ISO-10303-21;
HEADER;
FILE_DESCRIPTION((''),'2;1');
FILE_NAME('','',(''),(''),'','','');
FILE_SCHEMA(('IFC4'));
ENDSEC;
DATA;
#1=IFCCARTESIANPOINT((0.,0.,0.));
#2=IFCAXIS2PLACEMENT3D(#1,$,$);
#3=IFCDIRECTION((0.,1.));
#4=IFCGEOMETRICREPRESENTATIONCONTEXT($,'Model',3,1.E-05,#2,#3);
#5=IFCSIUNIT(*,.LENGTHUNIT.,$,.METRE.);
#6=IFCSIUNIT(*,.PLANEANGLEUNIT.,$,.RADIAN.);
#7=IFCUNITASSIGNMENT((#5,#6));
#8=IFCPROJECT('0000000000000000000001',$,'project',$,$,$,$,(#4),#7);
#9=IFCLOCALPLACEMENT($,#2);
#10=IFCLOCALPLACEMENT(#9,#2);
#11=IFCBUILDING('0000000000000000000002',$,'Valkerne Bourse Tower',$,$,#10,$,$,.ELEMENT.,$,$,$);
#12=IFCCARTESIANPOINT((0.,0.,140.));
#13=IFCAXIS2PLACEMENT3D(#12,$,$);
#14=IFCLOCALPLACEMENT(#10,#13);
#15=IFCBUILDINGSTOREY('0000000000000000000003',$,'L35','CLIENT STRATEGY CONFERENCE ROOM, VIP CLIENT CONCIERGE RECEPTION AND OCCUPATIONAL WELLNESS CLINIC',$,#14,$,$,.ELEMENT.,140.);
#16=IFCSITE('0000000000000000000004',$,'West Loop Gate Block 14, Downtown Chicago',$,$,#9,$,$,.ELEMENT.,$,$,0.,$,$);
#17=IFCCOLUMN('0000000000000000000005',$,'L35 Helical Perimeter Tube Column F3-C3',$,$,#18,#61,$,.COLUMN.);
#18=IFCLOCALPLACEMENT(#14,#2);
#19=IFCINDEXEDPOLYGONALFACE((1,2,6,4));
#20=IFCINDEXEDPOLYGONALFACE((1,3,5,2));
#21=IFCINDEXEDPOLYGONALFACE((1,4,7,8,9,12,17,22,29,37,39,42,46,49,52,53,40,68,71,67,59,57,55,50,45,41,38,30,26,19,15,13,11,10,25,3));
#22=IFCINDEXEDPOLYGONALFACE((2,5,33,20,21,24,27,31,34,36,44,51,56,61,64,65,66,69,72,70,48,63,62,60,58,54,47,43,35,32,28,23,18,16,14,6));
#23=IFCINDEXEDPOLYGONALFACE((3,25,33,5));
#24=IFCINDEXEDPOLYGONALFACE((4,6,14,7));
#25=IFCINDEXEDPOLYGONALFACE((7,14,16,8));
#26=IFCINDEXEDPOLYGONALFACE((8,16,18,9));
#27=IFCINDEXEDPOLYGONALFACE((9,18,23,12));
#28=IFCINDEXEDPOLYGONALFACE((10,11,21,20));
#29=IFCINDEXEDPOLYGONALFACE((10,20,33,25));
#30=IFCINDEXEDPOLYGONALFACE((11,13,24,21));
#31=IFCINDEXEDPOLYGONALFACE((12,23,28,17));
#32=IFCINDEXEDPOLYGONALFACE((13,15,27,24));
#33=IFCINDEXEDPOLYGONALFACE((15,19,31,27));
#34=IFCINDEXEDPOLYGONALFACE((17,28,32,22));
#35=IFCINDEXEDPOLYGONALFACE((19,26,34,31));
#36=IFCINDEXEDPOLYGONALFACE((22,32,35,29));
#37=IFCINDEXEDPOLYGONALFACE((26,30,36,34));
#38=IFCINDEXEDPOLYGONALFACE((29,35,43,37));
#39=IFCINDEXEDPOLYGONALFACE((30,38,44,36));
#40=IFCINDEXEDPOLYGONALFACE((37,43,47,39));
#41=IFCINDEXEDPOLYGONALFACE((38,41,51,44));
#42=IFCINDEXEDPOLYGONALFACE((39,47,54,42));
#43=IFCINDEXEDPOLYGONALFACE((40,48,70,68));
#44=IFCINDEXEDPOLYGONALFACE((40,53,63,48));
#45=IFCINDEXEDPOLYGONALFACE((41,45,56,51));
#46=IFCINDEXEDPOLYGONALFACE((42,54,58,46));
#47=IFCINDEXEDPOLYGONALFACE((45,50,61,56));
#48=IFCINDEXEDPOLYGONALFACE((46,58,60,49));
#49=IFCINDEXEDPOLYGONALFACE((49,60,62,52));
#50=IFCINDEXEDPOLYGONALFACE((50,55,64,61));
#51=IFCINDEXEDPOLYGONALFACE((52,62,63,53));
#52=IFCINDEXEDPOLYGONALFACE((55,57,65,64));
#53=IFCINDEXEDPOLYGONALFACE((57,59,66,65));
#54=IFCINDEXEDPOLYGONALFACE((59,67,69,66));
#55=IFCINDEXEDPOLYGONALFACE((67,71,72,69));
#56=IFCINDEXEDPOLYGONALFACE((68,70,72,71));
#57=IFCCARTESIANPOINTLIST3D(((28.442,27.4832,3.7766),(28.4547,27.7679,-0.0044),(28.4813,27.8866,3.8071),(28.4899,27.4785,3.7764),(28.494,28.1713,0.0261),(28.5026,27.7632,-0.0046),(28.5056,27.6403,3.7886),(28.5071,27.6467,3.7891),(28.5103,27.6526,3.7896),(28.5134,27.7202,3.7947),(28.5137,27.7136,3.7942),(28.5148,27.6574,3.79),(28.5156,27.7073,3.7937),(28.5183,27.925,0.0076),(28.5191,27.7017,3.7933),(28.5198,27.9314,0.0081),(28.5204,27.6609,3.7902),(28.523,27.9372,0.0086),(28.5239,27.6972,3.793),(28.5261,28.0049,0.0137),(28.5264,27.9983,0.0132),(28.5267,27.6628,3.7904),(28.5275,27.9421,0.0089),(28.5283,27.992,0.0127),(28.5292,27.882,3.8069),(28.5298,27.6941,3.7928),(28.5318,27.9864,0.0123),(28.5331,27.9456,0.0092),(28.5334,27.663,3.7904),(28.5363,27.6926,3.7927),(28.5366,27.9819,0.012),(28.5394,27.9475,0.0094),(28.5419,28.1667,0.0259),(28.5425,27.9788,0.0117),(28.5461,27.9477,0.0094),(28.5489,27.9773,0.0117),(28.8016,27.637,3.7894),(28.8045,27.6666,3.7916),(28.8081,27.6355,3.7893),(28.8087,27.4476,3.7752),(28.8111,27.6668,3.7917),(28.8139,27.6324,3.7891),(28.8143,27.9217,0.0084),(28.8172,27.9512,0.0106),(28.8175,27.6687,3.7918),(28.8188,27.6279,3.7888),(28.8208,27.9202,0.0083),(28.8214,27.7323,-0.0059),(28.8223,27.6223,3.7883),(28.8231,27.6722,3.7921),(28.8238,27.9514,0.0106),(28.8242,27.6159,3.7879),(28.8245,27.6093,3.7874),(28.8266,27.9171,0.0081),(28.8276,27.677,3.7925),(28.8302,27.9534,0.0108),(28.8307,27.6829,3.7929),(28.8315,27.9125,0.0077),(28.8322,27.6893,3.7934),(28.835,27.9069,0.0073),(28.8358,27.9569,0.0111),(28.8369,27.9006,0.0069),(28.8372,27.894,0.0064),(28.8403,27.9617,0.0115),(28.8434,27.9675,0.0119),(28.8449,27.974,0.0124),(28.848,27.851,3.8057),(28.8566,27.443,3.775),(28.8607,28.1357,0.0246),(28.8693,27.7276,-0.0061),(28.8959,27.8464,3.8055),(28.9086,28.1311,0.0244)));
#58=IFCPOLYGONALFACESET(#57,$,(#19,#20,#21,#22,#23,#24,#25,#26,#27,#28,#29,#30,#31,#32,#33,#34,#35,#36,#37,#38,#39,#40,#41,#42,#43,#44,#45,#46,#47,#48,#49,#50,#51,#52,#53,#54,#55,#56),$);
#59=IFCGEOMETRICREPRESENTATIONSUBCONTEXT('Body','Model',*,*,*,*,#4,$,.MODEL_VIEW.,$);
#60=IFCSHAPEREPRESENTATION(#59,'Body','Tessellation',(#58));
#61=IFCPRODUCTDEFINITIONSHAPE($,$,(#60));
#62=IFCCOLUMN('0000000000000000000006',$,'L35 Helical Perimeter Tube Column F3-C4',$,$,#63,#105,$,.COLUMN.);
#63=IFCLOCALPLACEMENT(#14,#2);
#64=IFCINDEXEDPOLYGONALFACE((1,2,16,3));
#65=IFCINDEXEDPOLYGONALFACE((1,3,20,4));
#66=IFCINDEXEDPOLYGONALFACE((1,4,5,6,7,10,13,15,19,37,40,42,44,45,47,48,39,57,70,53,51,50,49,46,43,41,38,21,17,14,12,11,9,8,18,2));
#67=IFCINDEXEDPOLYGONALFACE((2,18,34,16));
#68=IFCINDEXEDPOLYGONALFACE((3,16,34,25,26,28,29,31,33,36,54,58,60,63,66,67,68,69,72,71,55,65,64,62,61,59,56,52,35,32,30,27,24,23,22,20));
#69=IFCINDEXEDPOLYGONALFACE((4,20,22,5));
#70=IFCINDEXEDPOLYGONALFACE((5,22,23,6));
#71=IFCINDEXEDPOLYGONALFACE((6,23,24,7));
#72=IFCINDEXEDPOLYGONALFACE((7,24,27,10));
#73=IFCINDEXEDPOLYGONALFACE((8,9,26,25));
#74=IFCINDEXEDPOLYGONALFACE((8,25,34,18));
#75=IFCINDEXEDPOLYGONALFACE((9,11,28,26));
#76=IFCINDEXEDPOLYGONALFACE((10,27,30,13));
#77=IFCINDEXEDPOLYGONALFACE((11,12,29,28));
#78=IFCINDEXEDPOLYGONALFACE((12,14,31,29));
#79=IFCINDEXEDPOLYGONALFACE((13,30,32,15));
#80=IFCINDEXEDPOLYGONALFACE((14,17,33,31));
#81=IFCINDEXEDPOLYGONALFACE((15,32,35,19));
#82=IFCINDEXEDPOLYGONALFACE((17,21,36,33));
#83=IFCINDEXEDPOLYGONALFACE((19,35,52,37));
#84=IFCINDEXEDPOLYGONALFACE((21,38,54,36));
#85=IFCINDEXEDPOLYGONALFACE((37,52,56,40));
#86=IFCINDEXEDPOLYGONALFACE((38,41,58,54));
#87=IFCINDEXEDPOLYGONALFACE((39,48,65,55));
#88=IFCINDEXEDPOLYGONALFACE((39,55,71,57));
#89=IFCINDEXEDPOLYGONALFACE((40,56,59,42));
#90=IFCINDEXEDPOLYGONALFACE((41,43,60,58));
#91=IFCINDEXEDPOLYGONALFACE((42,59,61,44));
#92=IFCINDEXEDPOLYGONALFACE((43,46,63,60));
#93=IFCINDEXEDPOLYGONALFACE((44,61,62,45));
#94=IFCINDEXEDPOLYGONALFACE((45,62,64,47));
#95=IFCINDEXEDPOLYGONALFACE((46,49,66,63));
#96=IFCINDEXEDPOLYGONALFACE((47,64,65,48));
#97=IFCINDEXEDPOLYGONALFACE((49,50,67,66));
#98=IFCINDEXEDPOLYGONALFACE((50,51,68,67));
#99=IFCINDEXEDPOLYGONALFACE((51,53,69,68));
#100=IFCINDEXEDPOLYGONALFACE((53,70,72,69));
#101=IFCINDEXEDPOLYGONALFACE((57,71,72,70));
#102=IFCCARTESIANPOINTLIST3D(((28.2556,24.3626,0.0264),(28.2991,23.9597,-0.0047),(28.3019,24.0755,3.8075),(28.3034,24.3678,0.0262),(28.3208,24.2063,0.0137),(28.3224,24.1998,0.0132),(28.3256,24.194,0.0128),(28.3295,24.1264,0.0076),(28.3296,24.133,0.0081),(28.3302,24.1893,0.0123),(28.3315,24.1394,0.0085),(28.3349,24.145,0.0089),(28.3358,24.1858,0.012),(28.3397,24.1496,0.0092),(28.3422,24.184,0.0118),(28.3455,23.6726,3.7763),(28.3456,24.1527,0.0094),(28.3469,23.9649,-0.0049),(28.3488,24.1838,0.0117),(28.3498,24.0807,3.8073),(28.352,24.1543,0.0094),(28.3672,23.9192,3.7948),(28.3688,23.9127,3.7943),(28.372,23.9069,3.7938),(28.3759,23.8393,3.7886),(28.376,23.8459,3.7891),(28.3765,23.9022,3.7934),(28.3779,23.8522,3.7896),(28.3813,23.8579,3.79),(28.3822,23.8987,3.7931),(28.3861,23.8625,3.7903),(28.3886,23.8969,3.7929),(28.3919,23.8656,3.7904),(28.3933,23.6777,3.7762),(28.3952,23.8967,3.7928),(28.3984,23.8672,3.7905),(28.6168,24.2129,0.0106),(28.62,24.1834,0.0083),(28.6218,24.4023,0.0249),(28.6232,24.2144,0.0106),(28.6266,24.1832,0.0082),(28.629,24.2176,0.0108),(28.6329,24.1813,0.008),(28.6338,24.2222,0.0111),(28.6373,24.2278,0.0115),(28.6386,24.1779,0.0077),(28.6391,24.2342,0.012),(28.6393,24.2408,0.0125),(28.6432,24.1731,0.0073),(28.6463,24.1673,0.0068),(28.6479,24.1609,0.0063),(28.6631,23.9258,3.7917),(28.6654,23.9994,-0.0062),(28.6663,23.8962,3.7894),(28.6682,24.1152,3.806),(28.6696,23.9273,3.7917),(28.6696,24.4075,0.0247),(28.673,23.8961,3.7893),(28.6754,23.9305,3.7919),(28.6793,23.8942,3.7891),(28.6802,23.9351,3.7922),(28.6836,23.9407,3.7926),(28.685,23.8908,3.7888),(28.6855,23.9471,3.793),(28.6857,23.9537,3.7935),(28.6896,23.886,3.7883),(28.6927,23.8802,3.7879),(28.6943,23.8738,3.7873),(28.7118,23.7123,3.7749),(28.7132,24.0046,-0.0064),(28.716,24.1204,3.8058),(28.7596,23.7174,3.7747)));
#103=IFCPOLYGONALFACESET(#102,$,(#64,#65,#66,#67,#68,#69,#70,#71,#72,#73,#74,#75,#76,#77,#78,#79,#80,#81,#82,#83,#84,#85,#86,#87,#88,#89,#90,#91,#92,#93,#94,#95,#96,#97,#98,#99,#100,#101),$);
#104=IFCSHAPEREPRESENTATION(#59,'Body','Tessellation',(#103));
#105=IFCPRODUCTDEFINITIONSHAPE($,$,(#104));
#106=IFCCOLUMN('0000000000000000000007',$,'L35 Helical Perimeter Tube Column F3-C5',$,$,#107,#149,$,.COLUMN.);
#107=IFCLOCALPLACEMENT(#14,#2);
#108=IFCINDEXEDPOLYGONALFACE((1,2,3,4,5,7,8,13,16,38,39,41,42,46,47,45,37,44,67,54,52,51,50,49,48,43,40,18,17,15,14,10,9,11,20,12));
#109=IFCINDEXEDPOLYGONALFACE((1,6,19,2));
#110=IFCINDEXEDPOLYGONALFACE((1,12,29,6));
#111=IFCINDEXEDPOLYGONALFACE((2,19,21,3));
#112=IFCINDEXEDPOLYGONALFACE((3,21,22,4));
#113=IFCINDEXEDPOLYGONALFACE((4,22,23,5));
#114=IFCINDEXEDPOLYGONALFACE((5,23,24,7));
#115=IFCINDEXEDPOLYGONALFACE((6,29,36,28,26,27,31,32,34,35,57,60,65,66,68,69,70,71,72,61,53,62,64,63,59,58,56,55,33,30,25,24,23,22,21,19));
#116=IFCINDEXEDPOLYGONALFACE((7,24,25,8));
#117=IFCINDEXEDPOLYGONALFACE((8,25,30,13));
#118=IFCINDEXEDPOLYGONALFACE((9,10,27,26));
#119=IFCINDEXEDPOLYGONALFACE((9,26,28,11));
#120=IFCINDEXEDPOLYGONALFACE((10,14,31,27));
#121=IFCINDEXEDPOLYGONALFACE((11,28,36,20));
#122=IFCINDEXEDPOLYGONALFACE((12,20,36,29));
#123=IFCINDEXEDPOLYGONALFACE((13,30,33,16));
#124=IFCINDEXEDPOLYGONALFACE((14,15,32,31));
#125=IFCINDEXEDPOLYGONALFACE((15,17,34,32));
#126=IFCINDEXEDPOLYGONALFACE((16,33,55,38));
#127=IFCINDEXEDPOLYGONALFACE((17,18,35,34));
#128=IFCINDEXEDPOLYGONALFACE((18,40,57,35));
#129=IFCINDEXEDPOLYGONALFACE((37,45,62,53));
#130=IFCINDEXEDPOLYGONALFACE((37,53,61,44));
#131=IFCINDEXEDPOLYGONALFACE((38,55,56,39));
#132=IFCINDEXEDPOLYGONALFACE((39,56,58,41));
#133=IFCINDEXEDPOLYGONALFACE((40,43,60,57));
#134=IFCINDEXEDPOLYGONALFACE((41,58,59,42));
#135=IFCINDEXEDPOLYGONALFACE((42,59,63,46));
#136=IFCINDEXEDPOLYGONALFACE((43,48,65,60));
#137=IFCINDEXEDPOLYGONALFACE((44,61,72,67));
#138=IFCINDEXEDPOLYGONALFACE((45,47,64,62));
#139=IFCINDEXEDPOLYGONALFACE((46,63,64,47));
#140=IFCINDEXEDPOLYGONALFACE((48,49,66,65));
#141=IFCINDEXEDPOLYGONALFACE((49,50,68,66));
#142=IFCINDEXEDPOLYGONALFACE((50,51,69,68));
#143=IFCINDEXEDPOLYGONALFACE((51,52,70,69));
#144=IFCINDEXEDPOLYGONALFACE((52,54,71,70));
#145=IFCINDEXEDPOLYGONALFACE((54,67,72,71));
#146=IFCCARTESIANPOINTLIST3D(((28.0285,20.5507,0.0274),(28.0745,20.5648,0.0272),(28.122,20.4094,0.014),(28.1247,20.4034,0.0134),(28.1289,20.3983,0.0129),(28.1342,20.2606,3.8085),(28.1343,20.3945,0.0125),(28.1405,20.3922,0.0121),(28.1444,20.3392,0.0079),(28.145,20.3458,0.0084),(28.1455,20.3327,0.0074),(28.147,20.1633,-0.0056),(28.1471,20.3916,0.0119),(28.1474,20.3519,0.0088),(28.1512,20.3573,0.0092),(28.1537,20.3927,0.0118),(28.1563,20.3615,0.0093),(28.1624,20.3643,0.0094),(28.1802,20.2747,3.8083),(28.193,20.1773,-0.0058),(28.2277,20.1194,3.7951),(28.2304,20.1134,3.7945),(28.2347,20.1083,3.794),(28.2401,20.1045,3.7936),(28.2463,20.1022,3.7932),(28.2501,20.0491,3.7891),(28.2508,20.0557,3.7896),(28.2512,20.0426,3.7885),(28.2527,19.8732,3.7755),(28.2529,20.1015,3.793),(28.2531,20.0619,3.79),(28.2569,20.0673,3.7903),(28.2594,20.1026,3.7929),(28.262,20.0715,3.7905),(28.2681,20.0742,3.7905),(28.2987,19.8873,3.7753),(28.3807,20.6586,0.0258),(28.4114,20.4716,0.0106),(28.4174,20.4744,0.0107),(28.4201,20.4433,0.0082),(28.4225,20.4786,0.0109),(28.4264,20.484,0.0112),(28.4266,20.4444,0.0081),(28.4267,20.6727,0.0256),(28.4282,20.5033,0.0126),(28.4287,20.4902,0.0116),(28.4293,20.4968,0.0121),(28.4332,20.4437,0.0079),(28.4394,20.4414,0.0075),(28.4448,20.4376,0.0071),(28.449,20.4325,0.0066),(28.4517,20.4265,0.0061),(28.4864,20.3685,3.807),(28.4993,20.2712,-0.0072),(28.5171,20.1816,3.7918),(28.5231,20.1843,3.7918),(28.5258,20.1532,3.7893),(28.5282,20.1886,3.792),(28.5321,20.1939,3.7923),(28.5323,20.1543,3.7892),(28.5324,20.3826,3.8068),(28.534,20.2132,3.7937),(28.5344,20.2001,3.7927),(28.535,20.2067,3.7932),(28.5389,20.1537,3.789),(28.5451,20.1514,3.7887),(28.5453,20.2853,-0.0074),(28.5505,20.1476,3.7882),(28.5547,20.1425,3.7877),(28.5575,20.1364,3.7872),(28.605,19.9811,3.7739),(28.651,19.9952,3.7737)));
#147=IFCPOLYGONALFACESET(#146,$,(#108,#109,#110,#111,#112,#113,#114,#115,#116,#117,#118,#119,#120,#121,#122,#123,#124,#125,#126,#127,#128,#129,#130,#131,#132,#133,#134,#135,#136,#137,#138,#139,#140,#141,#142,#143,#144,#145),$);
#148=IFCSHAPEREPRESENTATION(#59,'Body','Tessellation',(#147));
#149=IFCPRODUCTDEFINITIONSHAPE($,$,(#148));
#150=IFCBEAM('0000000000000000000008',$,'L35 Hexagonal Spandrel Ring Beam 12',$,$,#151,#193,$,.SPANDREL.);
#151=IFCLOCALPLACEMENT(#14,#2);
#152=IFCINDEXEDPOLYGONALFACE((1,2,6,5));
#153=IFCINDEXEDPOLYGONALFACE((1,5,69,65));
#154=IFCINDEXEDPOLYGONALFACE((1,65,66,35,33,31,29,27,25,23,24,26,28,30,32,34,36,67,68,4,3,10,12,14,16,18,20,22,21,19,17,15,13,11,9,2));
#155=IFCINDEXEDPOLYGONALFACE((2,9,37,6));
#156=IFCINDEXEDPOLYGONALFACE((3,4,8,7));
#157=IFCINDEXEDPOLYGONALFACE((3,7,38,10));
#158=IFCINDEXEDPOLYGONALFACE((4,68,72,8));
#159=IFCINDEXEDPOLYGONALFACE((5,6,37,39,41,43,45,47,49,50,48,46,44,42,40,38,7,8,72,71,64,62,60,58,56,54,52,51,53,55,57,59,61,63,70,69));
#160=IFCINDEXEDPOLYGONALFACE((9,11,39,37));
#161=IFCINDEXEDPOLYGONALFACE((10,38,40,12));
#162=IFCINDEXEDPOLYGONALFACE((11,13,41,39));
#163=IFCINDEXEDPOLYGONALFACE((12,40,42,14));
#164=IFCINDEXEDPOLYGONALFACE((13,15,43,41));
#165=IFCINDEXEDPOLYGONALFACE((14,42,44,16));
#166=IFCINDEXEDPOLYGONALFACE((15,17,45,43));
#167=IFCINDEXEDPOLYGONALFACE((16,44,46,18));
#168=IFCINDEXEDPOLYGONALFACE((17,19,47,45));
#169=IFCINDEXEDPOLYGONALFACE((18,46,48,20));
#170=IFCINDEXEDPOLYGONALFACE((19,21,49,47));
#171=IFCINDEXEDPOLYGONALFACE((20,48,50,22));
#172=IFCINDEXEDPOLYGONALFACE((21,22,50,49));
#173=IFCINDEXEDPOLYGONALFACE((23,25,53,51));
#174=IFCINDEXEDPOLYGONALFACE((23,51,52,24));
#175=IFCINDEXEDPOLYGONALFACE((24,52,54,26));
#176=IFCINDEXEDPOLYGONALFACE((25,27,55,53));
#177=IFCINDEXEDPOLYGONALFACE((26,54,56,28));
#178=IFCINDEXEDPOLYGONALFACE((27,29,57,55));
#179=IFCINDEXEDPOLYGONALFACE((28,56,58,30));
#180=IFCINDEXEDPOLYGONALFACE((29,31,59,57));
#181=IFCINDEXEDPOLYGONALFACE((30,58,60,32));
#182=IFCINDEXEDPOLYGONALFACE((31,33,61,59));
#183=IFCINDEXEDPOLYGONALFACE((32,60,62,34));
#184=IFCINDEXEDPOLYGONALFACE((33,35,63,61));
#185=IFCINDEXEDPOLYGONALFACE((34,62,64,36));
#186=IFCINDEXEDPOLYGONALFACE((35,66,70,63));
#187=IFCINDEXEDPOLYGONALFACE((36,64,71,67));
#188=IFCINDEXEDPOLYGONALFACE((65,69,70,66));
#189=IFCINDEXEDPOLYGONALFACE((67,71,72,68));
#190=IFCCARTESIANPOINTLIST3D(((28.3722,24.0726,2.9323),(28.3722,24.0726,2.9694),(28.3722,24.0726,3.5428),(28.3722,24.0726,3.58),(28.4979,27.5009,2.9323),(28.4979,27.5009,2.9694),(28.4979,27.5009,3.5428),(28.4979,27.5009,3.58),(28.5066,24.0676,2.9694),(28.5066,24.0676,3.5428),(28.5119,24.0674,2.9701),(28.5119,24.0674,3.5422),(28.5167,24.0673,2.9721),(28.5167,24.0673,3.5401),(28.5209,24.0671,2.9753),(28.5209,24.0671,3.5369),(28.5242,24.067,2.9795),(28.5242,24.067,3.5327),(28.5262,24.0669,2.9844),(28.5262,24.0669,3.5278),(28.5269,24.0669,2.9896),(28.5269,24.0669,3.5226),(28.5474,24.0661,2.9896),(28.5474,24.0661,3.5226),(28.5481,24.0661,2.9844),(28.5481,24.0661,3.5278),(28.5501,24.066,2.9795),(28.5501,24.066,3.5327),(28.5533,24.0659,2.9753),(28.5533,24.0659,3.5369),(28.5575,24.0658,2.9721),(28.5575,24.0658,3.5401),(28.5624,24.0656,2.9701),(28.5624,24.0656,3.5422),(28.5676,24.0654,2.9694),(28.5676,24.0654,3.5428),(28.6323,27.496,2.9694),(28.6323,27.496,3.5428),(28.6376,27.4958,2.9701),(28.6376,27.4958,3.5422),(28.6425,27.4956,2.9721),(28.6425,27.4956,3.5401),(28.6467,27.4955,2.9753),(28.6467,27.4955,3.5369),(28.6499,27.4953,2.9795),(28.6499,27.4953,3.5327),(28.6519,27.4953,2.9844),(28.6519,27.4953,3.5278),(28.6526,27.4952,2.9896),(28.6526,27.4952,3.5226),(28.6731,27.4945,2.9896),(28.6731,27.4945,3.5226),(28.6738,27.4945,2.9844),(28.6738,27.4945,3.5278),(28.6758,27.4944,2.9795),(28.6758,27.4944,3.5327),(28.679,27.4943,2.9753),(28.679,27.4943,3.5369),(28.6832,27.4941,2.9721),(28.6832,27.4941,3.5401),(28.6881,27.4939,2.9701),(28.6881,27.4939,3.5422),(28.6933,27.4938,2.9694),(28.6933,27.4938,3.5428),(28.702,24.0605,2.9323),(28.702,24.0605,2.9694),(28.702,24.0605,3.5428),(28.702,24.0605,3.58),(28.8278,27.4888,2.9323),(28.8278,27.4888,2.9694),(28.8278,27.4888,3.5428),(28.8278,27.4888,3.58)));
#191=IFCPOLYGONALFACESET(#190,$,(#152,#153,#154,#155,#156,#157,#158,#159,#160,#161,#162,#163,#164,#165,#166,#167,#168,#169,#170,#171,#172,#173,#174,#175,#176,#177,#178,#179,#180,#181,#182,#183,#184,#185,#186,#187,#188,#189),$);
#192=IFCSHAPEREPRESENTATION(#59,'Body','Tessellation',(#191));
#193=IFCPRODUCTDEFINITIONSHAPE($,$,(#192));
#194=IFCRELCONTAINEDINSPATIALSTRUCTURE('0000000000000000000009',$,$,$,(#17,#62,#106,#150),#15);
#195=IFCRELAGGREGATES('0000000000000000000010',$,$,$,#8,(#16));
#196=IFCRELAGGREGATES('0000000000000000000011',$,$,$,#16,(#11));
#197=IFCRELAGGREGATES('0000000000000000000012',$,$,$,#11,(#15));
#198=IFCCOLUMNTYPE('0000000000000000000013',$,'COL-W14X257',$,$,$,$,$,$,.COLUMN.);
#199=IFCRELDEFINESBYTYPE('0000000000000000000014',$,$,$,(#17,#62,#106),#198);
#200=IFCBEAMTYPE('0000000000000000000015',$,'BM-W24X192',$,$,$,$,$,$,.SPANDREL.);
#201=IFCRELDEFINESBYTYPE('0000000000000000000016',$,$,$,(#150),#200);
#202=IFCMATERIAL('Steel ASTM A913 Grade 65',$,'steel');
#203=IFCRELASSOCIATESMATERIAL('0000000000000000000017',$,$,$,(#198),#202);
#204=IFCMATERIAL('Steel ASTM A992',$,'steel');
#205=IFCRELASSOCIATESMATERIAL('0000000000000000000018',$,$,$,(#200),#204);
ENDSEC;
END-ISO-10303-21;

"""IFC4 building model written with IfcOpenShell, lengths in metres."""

from ifc_helpers import new_model, si_unit, direction, frame, origin, origin_2d, place, context, subcontext, project, spatial, i_section, extrude, material, material_profile, profile_set, type_object, element, save


model = new_model("IFC4")

# Units and contexts
model_context = context("Model", 3, precision=1e-05, world=origin(), true_north=direction((0.0, 1.0)))
body_context = subcontext(model_context, "Body", "Model", "MODEL_VIEW")
ifc_project = project(units=[si_unit("LENGTHUNIT", "METRE"), si_unit("PLANEANGLEUNIT", "RADIAN")], contexts=[model_context])

# Site, building, storey
site_placement = place(None, origin())
site = spatial("IfcSite", under=ifc_project, at=site_placement, Name="West Loop Gate Block 14, Downtown Chicago", CompositionType="ELEMENT", RefElevation=0.0)
building_placement = place(site_placement, origin())
building = spatial("IfcBuilding", under=site, at=building_placement, Name="Valkerne Bourse Tower", CompositionType="ELEMENT")
storey_placement = place(building_placement, frame((0.0, 0.0, 140.0)))
storey = spatial("IfcBuildingStorey", under=building, at=storey_placement, Name="L35", Description="CLIENT STRATEGY CONFERENCE ROOM, VIP CLIENT CONCIERGE RECEPTION AND OCCUPATIONAL WELLNESS CLINIC", CompositionType="ELEMENT", Elevation=140.0)

# Columns
ifc_material_1 = material(Name="Steel ASTM A913 Grade 65", Category="steel")
ifc_material_profile_1 = material_profile(ifc_material_1, i_section(OverallWidth=0.4065, OverallDepth=0.4165, WebThickness=0.0298, FlangeThickness=0.0481, FilletRadius=0.0254, at=origin_2d()), Name="W14X257")
ifc_profile_set_1 = profile_set([ifc_material_profile_1], Name="Steel ASTM A913 Grade 65")
column_type = type_object("IfcColumnType", Name="COL-W14X257", PredefinedType="COLUMN", material=ifc_profile_set_1)
column_1_placement = place(storey_placement, frame((28.6816, 27.9495, 0.01), z_axis=(-0.003348, -0.075076, 0.997172), x_axis=(-0.09665, -0.992485, -0.075048)))
element("IfcColumn", 1, at=column_1_placement, inside=storey, type_object=column_type, Name="L35 Helical Perimeter Tube Column F3-C3", PredefinedType="COLUMN", context=body_context, shape_type="SweptSolid", body=[
    extrude(i_section(OverallWidth=0.4065, OverallDepth=0.4165, WebThickness=0.0298, FlangeThickness=0.0481, FilletRadius=0.0254, at=origin_2d()), origin(), (0.0, 0.0, 1.0), 3.7917),
])
column_2_placement = place(storey_placement, frame((28.4844, 24.1836, 0.01), z_axis=(0.012232, -0.075711, 0.997055), x_axis=(0.107143, -0.991289, -0.076588)))
element("IfcColumn", 2, at=column_2_placement, inside=storey, type_object=column_type, Name="L35 Helical Perimeter Tube Column F3-C4", PredefinedType="COLUMN", context=body_context, shape_type="SweptSolid", body=[
    extrude(i_section(OverallWidth=0.4065, OverallDepth=0.4165, WebThickness=0.0298, FlangeThickness=0.0481, FilletRadius=0.0254, at=origin_2d()), origin(), (0.0, 0.0, 1.0), 3.7922),
])
column_3_placement = place(storey_placement, frame((28.2869, 20.418, 0.01), z_axis=(0.027866, -0.076455, 0.996684), x_axis=(0.291666, -0.953062, -0.081264)))
element("IfcColumn", 3, at=column_3_placement, inside=storey, type_object=column_type, Name="L35 Helical Perimeter Tube Column F3-C5", PredefinedType="COLUMN", context=body_context, shape_type="SweptSolid", body=[
    extrude(i_section(OverallWidth=0.4065, OverallDepth=0.4165, WebThickness=0.0298, FlangeThickness=0.0481, FilletRadius=0.0254, at=origin_2d()), origin(), (0.0, 0.0, 1.0), 3.7937),
])

# Beam
ifc_material_2 = material(Name="Steel ASTM A992", Category="steel")
ifc_material_profile_2 = material_profile(ifc_material_2, i_section(OverallWidth=0.3301, OverallDepth=0.6477, WebThickness=0.0205, FlangeThickness=0.0371, FilletRadius=0.0203, at=origin_2d()), Name="W24X192")
ifc_profile_set_2 = profile_set([ifc_material_profile_2], Name="Steel ASTM A992")
beam_type_1 = type_object("IfcBeamType", Name="BM-W24X192", PredefinedType="SPANDREL", material=ifc_profile_set_2)
beam_1_placement = place(storey_placement, frame((28.6628, 27.4949, 3.2561), z_axis=(-0.036648, -0.999328, 0.0), x_axis=(0.999328, -0.036648, 0.0)))
element("IfcBeam", 4, at=beam_1_placement, inside=storey, type_object=beam_type_1, Name="L35 Hexagonal Spandrel Ring Beam 12", PredefinedType="SPANDREL", context=body_context, shape_type="SweptSolid", body=[
    extrude(i_section(OverallWidth=0.3301, OverallDepth=0.6477, WebThickness=0.0205, FlangeThickness=0.0371, FilletRadius=0.0203, at=origin_2d()), origin(), (0.0, 0.0, 1.0), 3.4307),
])

save(model, "model.ifc")
